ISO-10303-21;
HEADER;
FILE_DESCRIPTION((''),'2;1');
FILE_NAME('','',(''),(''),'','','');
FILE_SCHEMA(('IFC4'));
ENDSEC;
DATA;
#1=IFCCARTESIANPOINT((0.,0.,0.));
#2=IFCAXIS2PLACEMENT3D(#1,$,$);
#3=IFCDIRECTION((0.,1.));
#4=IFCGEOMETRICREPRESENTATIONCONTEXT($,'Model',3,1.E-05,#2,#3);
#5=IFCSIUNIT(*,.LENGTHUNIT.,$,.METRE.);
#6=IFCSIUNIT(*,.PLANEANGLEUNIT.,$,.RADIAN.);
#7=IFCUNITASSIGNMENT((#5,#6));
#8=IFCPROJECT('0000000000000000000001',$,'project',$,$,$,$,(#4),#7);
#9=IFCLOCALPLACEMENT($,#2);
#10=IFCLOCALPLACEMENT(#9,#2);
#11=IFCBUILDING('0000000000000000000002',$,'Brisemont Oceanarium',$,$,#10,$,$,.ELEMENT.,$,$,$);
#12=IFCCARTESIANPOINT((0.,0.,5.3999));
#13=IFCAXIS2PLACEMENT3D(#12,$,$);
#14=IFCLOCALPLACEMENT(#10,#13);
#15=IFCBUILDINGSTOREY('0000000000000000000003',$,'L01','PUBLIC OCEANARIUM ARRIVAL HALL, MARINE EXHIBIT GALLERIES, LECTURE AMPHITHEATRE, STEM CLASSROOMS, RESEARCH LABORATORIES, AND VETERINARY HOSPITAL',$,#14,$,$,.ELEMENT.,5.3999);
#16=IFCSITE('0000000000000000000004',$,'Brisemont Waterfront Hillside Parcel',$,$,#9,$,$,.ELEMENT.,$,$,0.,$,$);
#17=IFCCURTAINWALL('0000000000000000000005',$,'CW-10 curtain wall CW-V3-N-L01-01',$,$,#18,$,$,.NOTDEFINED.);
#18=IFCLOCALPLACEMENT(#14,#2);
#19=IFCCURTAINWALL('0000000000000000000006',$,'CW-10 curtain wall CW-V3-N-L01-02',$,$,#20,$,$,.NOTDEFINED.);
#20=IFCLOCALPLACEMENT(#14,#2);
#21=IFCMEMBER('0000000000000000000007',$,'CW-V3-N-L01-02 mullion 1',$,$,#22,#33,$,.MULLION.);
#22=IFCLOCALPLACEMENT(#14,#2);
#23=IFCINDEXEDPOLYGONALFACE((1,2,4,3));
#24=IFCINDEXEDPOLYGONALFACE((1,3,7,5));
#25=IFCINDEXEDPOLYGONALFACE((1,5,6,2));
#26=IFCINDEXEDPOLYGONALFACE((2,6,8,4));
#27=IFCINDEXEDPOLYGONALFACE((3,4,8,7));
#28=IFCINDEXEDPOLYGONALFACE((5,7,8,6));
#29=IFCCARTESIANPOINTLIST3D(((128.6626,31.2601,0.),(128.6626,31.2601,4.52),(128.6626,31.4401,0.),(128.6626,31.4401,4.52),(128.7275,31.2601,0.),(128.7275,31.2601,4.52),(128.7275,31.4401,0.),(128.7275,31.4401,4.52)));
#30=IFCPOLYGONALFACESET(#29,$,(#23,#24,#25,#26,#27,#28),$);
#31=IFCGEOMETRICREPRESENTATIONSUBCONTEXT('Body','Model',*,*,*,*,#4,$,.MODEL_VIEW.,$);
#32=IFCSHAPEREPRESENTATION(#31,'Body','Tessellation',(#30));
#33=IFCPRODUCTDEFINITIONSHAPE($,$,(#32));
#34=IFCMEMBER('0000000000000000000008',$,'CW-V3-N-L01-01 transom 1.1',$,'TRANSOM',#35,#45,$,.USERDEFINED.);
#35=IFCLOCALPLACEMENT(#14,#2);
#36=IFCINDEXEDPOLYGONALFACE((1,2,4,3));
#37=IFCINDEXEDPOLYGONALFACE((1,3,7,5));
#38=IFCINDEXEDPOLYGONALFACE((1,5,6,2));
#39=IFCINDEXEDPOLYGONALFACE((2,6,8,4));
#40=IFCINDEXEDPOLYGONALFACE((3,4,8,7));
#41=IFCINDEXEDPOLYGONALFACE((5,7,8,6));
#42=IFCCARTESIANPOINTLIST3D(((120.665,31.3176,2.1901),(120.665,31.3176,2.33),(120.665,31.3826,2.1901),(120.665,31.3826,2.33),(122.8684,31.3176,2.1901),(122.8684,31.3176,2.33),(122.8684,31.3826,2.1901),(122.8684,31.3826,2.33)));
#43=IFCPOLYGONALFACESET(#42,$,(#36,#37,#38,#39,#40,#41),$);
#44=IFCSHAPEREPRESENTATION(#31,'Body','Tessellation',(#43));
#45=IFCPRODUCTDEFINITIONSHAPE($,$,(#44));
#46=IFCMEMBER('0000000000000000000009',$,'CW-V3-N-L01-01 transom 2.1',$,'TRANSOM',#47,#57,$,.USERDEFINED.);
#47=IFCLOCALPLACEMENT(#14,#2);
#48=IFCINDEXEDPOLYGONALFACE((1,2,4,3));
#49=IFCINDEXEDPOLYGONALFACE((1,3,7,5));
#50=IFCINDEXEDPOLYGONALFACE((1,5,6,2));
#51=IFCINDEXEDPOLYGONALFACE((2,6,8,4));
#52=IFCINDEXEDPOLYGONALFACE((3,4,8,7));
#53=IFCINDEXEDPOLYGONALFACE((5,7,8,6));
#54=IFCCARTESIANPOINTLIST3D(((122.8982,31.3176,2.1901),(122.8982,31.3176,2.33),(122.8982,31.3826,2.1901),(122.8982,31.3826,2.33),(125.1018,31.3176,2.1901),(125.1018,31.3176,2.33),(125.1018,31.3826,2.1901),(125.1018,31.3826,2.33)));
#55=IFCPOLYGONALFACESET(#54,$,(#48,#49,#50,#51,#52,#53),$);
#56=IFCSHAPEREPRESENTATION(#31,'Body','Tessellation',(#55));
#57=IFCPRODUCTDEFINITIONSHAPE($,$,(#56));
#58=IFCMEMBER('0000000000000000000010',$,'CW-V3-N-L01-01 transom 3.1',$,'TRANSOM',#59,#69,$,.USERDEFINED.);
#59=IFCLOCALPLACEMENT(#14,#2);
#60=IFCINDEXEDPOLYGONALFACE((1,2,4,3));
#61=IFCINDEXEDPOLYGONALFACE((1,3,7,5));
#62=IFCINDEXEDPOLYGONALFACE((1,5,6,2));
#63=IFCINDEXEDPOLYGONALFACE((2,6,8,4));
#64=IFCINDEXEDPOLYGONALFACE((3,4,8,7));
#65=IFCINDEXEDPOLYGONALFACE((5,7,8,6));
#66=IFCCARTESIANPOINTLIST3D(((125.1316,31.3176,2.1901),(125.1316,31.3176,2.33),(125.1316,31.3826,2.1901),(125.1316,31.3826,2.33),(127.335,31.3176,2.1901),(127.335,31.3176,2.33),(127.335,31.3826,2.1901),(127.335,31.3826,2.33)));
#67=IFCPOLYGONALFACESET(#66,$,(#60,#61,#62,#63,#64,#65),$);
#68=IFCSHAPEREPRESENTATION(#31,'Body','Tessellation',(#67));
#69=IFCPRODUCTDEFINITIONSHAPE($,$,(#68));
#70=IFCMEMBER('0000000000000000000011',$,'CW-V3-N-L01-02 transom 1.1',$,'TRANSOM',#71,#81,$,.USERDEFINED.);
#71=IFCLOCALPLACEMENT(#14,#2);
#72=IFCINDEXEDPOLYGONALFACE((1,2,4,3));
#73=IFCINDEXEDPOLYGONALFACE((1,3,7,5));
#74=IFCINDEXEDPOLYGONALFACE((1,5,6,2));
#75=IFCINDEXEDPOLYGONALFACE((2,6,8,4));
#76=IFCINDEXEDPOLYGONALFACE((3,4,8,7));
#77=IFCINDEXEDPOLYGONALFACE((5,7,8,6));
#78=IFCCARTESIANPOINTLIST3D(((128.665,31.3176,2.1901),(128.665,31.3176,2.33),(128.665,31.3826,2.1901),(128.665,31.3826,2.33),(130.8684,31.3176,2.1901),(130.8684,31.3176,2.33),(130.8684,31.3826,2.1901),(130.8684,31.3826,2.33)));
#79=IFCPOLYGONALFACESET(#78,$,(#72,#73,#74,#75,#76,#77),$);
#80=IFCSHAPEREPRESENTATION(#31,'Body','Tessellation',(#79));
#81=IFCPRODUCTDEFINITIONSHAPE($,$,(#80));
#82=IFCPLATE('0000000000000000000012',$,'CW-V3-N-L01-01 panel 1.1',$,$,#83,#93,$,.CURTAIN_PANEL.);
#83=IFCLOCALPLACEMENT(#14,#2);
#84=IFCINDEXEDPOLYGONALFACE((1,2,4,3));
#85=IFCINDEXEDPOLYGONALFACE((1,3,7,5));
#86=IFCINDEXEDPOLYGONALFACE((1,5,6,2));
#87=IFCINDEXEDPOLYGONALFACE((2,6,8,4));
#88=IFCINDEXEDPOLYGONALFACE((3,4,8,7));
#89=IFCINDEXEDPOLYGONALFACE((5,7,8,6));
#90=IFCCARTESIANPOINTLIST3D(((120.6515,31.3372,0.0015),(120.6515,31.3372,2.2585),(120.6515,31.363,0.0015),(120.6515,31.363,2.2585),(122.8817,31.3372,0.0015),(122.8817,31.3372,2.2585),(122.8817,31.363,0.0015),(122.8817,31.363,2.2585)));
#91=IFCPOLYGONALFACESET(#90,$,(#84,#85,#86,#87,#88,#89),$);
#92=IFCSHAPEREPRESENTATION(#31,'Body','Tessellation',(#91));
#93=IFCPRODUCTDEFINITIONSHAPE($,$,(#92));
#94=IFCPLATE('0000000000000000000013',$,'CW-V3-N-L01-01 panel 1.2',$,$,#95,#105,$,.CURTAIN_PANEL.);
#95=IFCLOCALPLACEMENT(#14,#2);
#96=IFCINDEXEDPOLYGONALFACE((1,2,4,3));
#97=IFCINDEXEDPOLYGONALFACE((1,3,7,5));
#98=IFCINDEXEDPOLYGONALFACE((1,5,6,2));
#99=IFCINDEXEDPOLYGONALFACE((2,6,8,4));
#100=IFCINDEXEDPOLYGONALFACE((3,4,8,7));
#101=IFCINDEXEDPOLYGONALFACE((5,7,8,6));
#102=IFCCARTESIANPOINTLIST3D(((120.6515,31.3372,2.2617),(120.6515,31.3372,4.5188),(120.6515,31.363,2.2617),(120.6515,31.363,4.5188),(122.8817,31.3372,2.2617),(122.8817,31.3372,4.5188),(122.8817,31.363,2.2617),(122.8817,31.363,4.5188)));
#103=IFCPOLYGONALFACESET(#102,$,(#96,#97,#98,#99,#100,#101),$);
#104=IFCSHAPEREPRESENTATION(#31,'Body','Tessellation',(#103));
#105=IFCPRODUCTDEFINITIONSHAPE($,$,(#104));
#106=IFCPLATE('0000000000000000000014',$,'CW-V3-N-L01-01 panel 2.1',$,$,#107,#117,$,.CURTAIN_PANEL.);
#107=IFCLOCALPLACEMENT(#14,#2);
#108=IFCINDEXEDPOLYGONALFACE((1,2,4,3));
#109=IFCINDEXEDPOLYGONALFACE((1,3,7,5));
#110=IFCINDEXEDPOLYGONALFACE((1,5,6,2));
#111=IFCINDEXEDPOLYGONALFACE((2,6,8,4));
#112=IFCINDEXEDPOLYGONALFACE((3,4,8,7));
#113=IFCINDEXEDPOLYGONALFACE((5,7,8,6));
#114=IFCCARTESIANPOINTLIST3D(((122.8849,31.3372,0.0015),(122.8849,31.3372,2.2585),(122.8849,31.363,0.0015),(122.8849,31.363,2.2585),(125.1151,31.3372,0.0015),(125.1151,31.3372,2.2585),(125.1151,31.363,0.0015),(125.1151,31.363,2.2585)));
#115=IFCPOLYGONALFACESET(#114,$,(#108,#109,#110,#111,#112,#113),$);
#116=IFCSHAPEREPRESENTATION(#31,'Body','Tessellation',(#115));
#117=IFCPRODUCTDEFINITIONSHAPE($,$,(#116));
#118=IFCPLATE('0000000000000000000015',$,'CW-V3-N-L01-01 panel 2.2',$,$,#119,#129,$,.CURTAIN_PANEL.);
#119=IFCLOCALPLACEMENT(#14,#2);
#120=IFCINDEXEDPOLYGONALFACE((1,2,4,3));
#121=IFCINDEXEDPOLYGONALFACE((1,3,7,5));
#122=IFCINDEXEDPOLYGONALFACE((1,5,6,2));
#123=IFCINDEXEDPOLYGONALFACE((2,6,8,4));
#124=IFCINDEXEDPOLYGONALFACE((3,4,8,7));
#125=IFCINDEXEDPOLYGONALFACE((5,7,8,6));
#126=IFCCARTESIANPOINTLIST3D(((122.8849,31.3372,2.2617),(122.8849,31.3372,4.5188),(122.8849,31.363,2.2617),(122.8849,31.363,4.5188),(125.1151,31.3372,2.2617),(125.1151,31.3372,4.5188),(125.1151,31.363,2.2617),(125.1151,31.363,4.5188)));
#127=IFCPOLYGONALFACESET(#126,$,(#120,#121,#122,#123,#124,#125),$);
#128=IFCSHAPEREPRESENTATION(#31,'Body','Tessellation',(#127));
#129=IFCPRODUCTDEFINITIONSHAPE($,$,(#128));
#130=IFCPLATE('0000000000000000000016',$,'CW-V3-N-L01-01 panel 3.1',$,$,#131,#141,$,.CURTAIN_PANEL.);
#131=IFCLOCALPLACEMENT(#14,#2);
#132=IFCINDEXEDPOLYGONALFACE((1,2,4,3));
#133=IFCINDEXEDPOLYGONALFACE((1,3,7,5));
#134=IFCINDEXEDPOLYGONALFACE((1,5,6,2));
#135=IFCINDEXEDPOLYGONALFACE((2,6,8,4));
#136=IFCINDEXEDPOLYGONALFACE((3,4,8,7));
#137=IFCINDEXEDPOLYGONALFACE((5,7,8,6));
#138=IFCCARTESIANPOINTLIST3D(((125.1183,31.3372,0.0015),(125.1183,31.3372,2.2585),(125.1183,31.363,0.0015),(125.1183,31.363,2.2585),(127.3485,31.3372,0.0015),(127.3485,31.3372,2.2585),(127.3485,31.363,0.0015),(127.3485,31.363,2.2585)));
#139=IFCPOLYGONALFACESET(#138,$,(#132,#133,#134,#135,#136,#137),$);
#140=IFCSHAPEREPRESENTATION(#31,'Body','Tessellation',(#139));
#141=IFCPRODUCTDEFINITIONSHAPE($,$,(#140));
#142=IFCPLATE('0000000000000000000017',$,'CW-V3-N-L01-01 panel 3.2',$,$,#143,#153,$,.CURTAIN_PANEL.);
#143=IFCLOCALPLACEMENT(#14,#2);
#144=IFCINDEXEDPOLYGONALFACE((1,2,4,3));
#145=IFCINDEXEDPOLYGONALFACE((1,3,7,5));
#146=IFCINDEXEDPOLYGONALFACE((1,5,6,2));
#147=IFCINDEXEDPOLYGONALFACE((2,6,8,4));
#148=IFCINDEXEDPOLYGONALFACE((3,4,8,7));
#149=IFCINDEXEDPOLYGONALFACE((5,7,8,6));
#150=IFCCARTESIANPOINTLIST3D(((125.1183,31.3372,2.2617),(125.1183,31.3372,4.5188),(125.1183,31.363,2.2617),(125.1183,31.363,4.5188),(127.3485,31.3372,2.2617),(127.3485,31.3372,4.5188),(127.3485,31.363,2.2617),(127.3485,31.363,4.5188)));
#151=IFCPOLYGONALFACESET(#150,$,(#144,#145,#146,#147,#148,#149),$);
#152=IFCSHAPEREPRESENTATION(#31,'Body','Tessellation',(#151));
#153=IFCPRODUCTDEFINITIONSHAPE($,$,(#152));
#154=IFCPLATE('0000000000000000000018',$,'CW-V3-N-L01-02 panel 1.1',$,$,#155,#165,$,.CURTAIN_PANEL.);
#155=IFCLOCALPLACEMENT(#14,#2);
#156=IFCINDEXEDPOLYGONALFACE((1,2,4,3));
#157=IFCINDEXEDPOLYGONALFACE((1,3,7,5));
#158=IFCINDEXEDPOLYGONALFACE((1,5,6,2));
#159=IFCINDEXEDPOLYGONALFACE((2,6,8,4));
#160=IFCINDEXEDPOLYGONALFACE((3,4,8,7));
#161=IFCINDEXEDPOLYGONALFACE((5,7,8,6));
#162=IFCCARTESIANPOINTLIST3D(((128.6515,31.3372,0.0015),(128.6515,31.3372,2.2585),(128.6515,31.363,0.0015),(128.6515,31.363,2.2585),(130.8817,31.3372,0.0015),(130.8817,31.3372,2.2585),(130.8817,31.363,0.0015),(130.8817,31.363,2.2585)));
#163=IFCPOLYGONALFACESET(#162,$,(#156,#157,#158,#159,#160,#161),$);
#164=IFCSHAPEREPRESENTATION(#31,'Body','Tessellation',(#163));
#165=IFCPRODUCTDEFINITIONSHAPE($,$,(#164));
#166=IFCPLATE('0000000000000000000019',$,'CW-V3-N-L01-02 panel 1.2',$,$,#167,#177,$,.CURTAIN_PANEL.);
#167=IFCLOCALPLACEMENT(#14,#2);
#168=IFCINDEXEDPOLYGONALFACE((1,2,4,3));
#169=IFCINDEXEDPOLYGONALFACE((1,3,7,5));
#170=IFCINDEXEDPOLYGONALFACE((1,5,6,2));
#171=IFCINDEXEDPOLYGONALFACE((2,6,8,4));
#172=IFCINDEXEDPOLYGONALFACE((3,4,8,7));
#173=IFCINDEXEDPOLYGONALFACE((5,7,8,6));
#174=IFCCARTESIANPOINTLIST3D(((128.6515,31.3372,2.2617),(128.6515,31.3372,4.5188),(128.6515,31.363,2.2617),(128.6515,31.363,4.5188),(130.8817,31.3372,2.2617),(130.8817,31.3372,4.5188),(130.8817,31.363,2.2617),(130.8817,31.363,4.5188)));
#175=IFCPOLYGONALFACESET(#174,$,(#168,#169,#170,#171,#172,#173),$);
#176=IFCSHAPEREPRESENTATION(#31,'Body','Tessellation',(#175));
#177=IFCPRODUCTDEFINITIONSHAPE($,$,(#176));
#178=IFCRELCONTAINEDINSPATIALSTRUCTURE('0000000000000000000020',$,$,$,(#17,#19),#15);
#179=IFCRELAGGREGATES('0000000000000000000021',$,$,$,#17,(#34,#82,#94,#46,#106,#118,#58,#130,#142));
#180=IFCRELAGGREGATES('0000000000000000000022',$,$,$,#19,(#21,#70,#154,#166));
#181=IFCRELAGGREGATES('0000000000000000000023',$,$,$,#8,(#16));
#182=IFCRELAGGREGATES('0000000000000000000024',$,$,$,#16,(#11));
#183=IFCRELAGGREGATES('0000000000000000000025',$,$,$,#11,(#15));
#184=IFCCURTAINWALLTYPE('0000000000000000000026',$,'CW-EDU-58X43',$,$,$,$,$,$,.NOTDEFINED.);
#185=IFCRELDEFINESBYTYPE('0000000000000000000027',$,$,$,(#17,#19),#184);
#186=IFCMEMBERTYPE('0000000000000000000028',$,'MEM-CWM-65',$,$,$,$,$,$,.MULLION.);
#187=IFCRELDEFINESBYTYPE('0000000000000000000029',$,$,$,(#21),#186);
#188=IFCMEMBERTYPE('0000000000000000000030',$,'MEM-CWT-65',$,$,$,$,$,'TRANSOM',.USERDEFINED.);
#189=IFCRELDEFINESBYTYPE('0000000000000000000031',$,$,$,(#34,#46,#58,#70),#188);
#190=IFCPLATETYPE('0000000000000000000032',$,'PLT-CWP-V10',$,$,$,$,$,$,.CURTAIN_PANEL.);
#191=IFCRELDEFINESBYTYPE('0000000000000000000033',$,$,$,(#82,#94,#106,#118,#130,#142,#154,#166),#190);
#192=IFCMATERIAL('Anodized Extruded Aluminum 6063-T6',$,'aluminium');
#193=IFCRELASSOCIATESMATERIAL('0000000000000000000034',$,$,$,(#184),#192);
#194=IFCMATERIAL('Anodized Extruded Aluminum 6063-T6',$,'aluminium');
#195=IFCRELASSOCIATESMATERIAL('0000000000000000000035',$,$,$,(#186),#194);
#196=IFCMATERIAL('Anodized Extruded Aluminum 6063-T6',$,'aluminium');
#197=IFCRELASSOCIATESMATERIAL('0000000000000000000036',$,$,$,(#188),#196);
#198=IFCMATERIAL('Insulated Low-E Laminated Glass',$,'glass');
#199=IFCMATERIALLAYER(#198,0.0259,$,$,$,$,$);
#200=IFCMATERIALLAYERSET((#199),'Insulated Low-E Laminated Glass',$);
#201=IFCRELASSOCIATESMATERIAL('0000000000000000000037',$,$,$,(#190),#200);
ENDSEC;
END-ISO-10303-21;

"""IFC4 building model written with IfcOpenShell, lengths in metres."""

from ifc_helpers import new_model, si_unit, direction, frame, origin, origin_2d, place, context, subcontext, project, spatial, rectangle, extrude, material, layer, layer_set, material_profile, profile_set, type_object, element, aggregate, save


model = new_model("IFC4")

# Units and contexts
model_context = context("Model", 3, precision=1e-05, world=origin(), true_north=direction((0.0, 1.0)))
body_context = subcontext(model_context, "Body", "Model", "MODEL_VIEW")
ifc_project = project(units=[si_unit("LENGTHUNIT", "METRE"), si_unit("PLANEANGLEUNIT", "RADIAN")], contexts=[model_context])

# Site, building, storey
site_placement = place(None, origin())
site = spatial("IfcSite", under=ifc_project, at=site_placement, Name="Brisemont Waterfront Hillside Parcel", CompositionType="ELEMENT", RefElevation=0.0)
building_placement = place(site_placement, origin())
building = spatial("IfcBuilding", under=site, at=building_placement, Name="Brisemont Oceanarium", CompositionType="ELEMENT")
storey_placement = place(building_placement, frame((0.0, 0.0, 5.3999)))
storey = spatial("IfcBuildingStorey", under=building, at=storey_placement, Name="L01", Description="PUBLIC OCEANARIUM ARRIVAL HALL, MARINE EXHIBIT GALLERIES, LECTURE AMPHITHEATRE, STEM CLASSROOMS, RESEARCH LABORATORIES, AND VETERINARY HOSPITAL", CompositionType="ELEMENT", Elevation=5.3999)

# Curtain wall
ifc_material_1 = material(Name="Anodized Extruded Aluminum 6063-T6", Category="aluminium")
curtain_wall_type = type_object("IfcCurtainWallType", Name="CW-EDU-58X43", PredefinedType="NOTDEFINED", material=ifc_material_1)
curtain_wall_1_placement = place(storey_placement, origin())
curtain_wall_1 = element("IfcCurtainWall", 1, at=curtain_wall_1_placement, inside=storey, type_object=curtain_wall_type, Name="CW-10 curtain wall CW-V3-N-L01-01", PredefinedType="NOTDEFINED")
ifc_material_2 = material(Name="Anodized Extruded Aluminum 6063-T6", Category="aluminium")
ifc_material_profile_1 = material_profile(ifc_material_2, rectangle(XDim=0.0649, YDim=0.1799, at=origin_2d()), Name="CWM-65X180")
ifc_profile_set_1 = profile_set([ifc_material_profile_1], Name="Anodized Extruded Aluminum 6063-T6")
member_type_1 = type_object("IfcMemberType", Name="MEM-CWM-65", PredefinedType="MULLION", material=ifc_profile_set_1)

# Curtain wall, member
curtain_wall_2_placement = place(storey_placement, origin())
curtain_wall_2 = element("IfcCurtainWall", 2, at=curtain_wall_2_placement, inside=storey, type_object=curtain_wall_type, Name="CW-10 curtain wall CW-V3-N-L01-02", PredefinedType="NOTDEFINED")
member_1_placement = place(storey_placement, frame((128.6951, 31.3501, 0.0), z_axis=(0.0, 0.0, 1.0), x_axis=(1.0, 0.0, 0.0)))
member_1 = element("IfcMember", 3, at=member_1_placement, type_object=member_type_1, Name="CW-V3-N-L01-02 mullion 1", PredefinedType="MULLION", context=body_context, shape_type="SweptSolid", body=[
    extrude(rectangle(XDim=0.0649, YDim=0.1799, at=origin_2d()), origin(), (0.0, 0.0, 1.0), 4.52),
])

# Members
ifc_material_3 = material(Name="Anodized Extruded Aluminum 6063-T6", Category="aluminium")
ifc_material_profile_2 = material_profile(ifc_material_3, rectangle(XDim=0.0649, YDim=0.1399, at=origin_2d()), Name="CWT-65X140")
ifc_profile_set_2 = profile_set([ifc_material_profile_2], Name="Anodized Extruded Aluminum 6063-T6")
member_type_2 = type_object("IfcMemberType", Name="MEM-CWT-65", ElementType="TRANSOM", PredefinedType="USERDEFINED", material=ifc_profile_set_2)
member_2_placement = place(storey_placement, frame((120.665, 31.3501, 2.26), z_axis=(1.0, 0.0, 0.0), x_axis=(0.0, 1.0, 0.0)))
member_2 = element("IfcMember", 4, at=member_2_placement, type_object=member_type_2, Name="CW-V3-N-L01-01 transom 1.1", ObjectType="TRANSOM", PredefinedType="USERDEFINED", context=body_context, shape_type="SweptSolid", body=[
    extrude(rectangle(XDim=0.0649, YDim=0.1399, at=origin_2d()), origin(), (0.0, 0.0, 1.0), 2.2034),
])
member_3_placement = place(storey_placement, frame((122.8982, 31.3501, 2.26), z_axis=(1.0, 0.0, 0.0), x_axis=(0.0, 1.0, 0.0)))
member_3 = element("IfcMember", 5, at=member_3_placement, type_object=member_type_2, Name="CW-V3-N-L01-01 transom 2.1", ObjectType="TRANSOM", PredefinedType="USERDEFINED", context=body_context, shape_type="SweptSolid", body=[
    extrude(rectangle(XDim=0.0649, YDim=0.1399, at=origin_2d()), origin(), (0.0, 0.0, 1.0), 2.2036),
])
member_4_placement = place(storey_placement, frame((125.1316, 31.3501, 2.26), z_axis=(1.0, 0.0, 0.0), x_axis=(0.0, 1.0, 0.0)))
member_4 = element("IfcMember", 6, at=member_4_placement, type_object=member_type_2, Name="CW-V3-N-L01-01 transom 3.1", ObjectType="TRANSOM", PredefinedType="USERDEFINED", context=body_context, shape_type="SweptSolid", body=[
    extrude(rectangle(XDim=0.0649, YDim=0.1399, at=origin_2d()), origin(), (0.0, 0.0, 1.0), 2.2034),
])
member_5_placement = place(storey_placement, frame((128.665, 31.3501, 2.26), z_axis=(1.0, 0.0, 0.0), x_axis=(0.0, 1.0, 0.0)))
member_5 = element("IfcMember", 7, at=member_5_placement, type_object=member_type_2, Name="CW-V3-N-L01-02 transom 1.1", ObjectType="TRANSOM", PredefinedType="USERDEFINED", context=body_context, shape_type="SweptSolid", body=[
    extrude(rectangle(XDim=0.0649, YDim=0.1399, at=origin_2d()), origin(), (0.0, 0.0, 1.0), 2.2034),
])

# Plates
ifc_material_4 = material(Name="Insulated Low-E Laminated Glass", Category="glass")
ifc_layer = layer(ifc_material_4, 0.0259)
ifc_layer_set = layer_set([ifc_layer], Name="Insulated Low-E Laminated Glass")
plate_type = type_object("IfcPlateType", Name="PLT-CWP-V10", PredefinedType="CURTAIN_PANEL", material=ifc_layer_set)
plate_1_placement = place(storey_placement, frame((121.7666, 31.3501, 0.0015), z_axis=(0.0, 0.0, 1.0), x_axis=(1.0, 0.0, 0.0)))
plate_1 = element("IfcPlate", 8, at=plate_1_placement, type_object=plate_type, Name="CW-V3-N-L01-01 panel 1.1", PredefinedType="CURTAIN_PANEL", context=body_context, shape_type="SweptSolid", body=[
    extrude(rectangle(XDim=2.2302, YDim=0.0259, at=origin_2d()), origin(), (0.0, 0.0, 1.0), 2.2571),
])
plate_2_placement = place(storey_placement, frame((121.7666, 31.3501, 2.2617), z_axis=(0.0, 0.0, 1.0), x_axis=(1.0, 0.0, 0.0)))
plate_2 = element("IfcPlate", 9, at=plate_2_placement, type_object=plate_type, Name="CW-V3-N-L01-01 panel 1.2", PredefinedType="CURTAIN_PANEL", context=body_context, shape_type="SweptSolid", body=[
    extrude(rectangle(XDim=2.2302, YDim=0.0259, at=origin_2d()), origin(), (0.0, 0.0, 1.0), 2.2571),
])
plate_3_placement = place(storey_placement, frame((124.0, 31.3501, 0.0015), z_axis=(0.0, 0.0, 1.0), x_axis=(1.0, 0.0, 0.0)))
plate_3 = element("IfcPlate", 10, at=plate_3_placement, type_object=plate_type, Name="CW-V3-N-L01-01 panel 2.1", PredefinedType="CURTAIN_PANEL", context=body_context, shape_type="SweptSolid", body=[
    extrude(rectangle(XDim=2.2302, YDim=0.0259, at=origin_2d()), origin(), (0.0, 0.0, 1.0), 2.2571),
])
plate_4_placement = place(storey_placement, frame((124.0, 31.3501, 2.2617), z_axis=(0.0, 0.0, 1.0), x_axis=(1.0, 0.0, 0.0)))
plate_4 = element("IfcPlate", 11, at=plate_4_placement, type_object=plate_type, Name="CW-V3-N-L01-01 panel 2.2", PredefinedType="CURTAIN_PANEL", context=body_context, shape_type="SweptSolid", body=[
    extrude(rectangle(XDim=2.2302, YDim=0.0259, at=origin_2d()), origin(), (0.0, 0.0, 1.0), 2.2571),
])
plate_5_placement = place(storey_placement, frame((126.2334, 31.3501, 0.0015), z_axis=(0.0, 0.0, 1.0), x_axis=(1.0, 0.0, 0.0)))
plate_5 = element("IfcPlate", 12, at=plate_5_placement, type_object=plate_type, Name="CW-V3-N-L01-01 panel 3.1", PredefinedType="CURTAIN_PANEL", context=body_context, shape_type="SweptSolid", body=[
    extrude(rectangle(XDim=2.2302, YDim=0.0259, at=origin_2d()), origin(), (0.0, 0.0, 1.0), 2.2571),
])
plate_6_placement = place(storey_placement, frame((126.2334, 31.3501, 2.2617), z_axis=(0.0, 0.0, 1.0), x_axis=(1.0, 0.0, 0.0)))
plate_6 = element("IfcPlate", 13, at=plate_6_placement, type_object=plate_type, Name="CW-V3-N-L01-01 panel 3.2", PredefinedType="CURTAIN_PANEL", context=body_context, shape_type="SweptSolid", body=[
    extrude(rectangle(XDim=2.2302, YDim=0.0259, at=origin_2d()), origin(), (0.0, 0.0, 1.0), 2.2571),
])
aggregate(curtain_wall_1, [member_2, plate_1, plate_2, member_3, plate_3, plate_4, member_4, plate_5, plate_6])
plate_7_placement = place(storey_placement, frame((129.7666, 31.3501, 0.0015), z_axis=(0.0, 0.0, 1.0), x_axis=(1.0, 0.0, 0.0)))
plate_7 = element("IfcPlate", 14, at=plate_7_placement, type_object=plate_type, Name="CW-V3-N-L01-02 panel 1.1", PredefinedType="CURTAIN_PANEL", context=body_context, shape_type="SweptSolid", body=[
    extrude(rectangle(XDim=2.2302, YDim=0.0259, at=origin_2d()), origin(), (0.0, 0.0, 1.0), 2.2571),
])
plate_8_placement = place(storey_placement, frame((129.7666, 31.3501, 2.2617), z_axis=(0.0, 0.0, 1.0), x_axis=(1.0, 0.0, 0.0)))
plate_8 = element("IfcPlate", 15, at=plate_8_placement, type_object=plate_type, Name="CW-V3-N-L01-02 panel 1.2", PredefinedType="CURTAIN_PANEL", context=body_context, shape_type="SweptSolid", body=[
    extrude(rectangle(XDim=2.2302, YDim=0.0259, at=origin_2d()), origin(), (0.0, 0.0, 1.0), 2.2571),
])
aggregate(curtain_wall_2, [member_1, member_5, plate_7, plate_8])

save(model, "model.ifc")
